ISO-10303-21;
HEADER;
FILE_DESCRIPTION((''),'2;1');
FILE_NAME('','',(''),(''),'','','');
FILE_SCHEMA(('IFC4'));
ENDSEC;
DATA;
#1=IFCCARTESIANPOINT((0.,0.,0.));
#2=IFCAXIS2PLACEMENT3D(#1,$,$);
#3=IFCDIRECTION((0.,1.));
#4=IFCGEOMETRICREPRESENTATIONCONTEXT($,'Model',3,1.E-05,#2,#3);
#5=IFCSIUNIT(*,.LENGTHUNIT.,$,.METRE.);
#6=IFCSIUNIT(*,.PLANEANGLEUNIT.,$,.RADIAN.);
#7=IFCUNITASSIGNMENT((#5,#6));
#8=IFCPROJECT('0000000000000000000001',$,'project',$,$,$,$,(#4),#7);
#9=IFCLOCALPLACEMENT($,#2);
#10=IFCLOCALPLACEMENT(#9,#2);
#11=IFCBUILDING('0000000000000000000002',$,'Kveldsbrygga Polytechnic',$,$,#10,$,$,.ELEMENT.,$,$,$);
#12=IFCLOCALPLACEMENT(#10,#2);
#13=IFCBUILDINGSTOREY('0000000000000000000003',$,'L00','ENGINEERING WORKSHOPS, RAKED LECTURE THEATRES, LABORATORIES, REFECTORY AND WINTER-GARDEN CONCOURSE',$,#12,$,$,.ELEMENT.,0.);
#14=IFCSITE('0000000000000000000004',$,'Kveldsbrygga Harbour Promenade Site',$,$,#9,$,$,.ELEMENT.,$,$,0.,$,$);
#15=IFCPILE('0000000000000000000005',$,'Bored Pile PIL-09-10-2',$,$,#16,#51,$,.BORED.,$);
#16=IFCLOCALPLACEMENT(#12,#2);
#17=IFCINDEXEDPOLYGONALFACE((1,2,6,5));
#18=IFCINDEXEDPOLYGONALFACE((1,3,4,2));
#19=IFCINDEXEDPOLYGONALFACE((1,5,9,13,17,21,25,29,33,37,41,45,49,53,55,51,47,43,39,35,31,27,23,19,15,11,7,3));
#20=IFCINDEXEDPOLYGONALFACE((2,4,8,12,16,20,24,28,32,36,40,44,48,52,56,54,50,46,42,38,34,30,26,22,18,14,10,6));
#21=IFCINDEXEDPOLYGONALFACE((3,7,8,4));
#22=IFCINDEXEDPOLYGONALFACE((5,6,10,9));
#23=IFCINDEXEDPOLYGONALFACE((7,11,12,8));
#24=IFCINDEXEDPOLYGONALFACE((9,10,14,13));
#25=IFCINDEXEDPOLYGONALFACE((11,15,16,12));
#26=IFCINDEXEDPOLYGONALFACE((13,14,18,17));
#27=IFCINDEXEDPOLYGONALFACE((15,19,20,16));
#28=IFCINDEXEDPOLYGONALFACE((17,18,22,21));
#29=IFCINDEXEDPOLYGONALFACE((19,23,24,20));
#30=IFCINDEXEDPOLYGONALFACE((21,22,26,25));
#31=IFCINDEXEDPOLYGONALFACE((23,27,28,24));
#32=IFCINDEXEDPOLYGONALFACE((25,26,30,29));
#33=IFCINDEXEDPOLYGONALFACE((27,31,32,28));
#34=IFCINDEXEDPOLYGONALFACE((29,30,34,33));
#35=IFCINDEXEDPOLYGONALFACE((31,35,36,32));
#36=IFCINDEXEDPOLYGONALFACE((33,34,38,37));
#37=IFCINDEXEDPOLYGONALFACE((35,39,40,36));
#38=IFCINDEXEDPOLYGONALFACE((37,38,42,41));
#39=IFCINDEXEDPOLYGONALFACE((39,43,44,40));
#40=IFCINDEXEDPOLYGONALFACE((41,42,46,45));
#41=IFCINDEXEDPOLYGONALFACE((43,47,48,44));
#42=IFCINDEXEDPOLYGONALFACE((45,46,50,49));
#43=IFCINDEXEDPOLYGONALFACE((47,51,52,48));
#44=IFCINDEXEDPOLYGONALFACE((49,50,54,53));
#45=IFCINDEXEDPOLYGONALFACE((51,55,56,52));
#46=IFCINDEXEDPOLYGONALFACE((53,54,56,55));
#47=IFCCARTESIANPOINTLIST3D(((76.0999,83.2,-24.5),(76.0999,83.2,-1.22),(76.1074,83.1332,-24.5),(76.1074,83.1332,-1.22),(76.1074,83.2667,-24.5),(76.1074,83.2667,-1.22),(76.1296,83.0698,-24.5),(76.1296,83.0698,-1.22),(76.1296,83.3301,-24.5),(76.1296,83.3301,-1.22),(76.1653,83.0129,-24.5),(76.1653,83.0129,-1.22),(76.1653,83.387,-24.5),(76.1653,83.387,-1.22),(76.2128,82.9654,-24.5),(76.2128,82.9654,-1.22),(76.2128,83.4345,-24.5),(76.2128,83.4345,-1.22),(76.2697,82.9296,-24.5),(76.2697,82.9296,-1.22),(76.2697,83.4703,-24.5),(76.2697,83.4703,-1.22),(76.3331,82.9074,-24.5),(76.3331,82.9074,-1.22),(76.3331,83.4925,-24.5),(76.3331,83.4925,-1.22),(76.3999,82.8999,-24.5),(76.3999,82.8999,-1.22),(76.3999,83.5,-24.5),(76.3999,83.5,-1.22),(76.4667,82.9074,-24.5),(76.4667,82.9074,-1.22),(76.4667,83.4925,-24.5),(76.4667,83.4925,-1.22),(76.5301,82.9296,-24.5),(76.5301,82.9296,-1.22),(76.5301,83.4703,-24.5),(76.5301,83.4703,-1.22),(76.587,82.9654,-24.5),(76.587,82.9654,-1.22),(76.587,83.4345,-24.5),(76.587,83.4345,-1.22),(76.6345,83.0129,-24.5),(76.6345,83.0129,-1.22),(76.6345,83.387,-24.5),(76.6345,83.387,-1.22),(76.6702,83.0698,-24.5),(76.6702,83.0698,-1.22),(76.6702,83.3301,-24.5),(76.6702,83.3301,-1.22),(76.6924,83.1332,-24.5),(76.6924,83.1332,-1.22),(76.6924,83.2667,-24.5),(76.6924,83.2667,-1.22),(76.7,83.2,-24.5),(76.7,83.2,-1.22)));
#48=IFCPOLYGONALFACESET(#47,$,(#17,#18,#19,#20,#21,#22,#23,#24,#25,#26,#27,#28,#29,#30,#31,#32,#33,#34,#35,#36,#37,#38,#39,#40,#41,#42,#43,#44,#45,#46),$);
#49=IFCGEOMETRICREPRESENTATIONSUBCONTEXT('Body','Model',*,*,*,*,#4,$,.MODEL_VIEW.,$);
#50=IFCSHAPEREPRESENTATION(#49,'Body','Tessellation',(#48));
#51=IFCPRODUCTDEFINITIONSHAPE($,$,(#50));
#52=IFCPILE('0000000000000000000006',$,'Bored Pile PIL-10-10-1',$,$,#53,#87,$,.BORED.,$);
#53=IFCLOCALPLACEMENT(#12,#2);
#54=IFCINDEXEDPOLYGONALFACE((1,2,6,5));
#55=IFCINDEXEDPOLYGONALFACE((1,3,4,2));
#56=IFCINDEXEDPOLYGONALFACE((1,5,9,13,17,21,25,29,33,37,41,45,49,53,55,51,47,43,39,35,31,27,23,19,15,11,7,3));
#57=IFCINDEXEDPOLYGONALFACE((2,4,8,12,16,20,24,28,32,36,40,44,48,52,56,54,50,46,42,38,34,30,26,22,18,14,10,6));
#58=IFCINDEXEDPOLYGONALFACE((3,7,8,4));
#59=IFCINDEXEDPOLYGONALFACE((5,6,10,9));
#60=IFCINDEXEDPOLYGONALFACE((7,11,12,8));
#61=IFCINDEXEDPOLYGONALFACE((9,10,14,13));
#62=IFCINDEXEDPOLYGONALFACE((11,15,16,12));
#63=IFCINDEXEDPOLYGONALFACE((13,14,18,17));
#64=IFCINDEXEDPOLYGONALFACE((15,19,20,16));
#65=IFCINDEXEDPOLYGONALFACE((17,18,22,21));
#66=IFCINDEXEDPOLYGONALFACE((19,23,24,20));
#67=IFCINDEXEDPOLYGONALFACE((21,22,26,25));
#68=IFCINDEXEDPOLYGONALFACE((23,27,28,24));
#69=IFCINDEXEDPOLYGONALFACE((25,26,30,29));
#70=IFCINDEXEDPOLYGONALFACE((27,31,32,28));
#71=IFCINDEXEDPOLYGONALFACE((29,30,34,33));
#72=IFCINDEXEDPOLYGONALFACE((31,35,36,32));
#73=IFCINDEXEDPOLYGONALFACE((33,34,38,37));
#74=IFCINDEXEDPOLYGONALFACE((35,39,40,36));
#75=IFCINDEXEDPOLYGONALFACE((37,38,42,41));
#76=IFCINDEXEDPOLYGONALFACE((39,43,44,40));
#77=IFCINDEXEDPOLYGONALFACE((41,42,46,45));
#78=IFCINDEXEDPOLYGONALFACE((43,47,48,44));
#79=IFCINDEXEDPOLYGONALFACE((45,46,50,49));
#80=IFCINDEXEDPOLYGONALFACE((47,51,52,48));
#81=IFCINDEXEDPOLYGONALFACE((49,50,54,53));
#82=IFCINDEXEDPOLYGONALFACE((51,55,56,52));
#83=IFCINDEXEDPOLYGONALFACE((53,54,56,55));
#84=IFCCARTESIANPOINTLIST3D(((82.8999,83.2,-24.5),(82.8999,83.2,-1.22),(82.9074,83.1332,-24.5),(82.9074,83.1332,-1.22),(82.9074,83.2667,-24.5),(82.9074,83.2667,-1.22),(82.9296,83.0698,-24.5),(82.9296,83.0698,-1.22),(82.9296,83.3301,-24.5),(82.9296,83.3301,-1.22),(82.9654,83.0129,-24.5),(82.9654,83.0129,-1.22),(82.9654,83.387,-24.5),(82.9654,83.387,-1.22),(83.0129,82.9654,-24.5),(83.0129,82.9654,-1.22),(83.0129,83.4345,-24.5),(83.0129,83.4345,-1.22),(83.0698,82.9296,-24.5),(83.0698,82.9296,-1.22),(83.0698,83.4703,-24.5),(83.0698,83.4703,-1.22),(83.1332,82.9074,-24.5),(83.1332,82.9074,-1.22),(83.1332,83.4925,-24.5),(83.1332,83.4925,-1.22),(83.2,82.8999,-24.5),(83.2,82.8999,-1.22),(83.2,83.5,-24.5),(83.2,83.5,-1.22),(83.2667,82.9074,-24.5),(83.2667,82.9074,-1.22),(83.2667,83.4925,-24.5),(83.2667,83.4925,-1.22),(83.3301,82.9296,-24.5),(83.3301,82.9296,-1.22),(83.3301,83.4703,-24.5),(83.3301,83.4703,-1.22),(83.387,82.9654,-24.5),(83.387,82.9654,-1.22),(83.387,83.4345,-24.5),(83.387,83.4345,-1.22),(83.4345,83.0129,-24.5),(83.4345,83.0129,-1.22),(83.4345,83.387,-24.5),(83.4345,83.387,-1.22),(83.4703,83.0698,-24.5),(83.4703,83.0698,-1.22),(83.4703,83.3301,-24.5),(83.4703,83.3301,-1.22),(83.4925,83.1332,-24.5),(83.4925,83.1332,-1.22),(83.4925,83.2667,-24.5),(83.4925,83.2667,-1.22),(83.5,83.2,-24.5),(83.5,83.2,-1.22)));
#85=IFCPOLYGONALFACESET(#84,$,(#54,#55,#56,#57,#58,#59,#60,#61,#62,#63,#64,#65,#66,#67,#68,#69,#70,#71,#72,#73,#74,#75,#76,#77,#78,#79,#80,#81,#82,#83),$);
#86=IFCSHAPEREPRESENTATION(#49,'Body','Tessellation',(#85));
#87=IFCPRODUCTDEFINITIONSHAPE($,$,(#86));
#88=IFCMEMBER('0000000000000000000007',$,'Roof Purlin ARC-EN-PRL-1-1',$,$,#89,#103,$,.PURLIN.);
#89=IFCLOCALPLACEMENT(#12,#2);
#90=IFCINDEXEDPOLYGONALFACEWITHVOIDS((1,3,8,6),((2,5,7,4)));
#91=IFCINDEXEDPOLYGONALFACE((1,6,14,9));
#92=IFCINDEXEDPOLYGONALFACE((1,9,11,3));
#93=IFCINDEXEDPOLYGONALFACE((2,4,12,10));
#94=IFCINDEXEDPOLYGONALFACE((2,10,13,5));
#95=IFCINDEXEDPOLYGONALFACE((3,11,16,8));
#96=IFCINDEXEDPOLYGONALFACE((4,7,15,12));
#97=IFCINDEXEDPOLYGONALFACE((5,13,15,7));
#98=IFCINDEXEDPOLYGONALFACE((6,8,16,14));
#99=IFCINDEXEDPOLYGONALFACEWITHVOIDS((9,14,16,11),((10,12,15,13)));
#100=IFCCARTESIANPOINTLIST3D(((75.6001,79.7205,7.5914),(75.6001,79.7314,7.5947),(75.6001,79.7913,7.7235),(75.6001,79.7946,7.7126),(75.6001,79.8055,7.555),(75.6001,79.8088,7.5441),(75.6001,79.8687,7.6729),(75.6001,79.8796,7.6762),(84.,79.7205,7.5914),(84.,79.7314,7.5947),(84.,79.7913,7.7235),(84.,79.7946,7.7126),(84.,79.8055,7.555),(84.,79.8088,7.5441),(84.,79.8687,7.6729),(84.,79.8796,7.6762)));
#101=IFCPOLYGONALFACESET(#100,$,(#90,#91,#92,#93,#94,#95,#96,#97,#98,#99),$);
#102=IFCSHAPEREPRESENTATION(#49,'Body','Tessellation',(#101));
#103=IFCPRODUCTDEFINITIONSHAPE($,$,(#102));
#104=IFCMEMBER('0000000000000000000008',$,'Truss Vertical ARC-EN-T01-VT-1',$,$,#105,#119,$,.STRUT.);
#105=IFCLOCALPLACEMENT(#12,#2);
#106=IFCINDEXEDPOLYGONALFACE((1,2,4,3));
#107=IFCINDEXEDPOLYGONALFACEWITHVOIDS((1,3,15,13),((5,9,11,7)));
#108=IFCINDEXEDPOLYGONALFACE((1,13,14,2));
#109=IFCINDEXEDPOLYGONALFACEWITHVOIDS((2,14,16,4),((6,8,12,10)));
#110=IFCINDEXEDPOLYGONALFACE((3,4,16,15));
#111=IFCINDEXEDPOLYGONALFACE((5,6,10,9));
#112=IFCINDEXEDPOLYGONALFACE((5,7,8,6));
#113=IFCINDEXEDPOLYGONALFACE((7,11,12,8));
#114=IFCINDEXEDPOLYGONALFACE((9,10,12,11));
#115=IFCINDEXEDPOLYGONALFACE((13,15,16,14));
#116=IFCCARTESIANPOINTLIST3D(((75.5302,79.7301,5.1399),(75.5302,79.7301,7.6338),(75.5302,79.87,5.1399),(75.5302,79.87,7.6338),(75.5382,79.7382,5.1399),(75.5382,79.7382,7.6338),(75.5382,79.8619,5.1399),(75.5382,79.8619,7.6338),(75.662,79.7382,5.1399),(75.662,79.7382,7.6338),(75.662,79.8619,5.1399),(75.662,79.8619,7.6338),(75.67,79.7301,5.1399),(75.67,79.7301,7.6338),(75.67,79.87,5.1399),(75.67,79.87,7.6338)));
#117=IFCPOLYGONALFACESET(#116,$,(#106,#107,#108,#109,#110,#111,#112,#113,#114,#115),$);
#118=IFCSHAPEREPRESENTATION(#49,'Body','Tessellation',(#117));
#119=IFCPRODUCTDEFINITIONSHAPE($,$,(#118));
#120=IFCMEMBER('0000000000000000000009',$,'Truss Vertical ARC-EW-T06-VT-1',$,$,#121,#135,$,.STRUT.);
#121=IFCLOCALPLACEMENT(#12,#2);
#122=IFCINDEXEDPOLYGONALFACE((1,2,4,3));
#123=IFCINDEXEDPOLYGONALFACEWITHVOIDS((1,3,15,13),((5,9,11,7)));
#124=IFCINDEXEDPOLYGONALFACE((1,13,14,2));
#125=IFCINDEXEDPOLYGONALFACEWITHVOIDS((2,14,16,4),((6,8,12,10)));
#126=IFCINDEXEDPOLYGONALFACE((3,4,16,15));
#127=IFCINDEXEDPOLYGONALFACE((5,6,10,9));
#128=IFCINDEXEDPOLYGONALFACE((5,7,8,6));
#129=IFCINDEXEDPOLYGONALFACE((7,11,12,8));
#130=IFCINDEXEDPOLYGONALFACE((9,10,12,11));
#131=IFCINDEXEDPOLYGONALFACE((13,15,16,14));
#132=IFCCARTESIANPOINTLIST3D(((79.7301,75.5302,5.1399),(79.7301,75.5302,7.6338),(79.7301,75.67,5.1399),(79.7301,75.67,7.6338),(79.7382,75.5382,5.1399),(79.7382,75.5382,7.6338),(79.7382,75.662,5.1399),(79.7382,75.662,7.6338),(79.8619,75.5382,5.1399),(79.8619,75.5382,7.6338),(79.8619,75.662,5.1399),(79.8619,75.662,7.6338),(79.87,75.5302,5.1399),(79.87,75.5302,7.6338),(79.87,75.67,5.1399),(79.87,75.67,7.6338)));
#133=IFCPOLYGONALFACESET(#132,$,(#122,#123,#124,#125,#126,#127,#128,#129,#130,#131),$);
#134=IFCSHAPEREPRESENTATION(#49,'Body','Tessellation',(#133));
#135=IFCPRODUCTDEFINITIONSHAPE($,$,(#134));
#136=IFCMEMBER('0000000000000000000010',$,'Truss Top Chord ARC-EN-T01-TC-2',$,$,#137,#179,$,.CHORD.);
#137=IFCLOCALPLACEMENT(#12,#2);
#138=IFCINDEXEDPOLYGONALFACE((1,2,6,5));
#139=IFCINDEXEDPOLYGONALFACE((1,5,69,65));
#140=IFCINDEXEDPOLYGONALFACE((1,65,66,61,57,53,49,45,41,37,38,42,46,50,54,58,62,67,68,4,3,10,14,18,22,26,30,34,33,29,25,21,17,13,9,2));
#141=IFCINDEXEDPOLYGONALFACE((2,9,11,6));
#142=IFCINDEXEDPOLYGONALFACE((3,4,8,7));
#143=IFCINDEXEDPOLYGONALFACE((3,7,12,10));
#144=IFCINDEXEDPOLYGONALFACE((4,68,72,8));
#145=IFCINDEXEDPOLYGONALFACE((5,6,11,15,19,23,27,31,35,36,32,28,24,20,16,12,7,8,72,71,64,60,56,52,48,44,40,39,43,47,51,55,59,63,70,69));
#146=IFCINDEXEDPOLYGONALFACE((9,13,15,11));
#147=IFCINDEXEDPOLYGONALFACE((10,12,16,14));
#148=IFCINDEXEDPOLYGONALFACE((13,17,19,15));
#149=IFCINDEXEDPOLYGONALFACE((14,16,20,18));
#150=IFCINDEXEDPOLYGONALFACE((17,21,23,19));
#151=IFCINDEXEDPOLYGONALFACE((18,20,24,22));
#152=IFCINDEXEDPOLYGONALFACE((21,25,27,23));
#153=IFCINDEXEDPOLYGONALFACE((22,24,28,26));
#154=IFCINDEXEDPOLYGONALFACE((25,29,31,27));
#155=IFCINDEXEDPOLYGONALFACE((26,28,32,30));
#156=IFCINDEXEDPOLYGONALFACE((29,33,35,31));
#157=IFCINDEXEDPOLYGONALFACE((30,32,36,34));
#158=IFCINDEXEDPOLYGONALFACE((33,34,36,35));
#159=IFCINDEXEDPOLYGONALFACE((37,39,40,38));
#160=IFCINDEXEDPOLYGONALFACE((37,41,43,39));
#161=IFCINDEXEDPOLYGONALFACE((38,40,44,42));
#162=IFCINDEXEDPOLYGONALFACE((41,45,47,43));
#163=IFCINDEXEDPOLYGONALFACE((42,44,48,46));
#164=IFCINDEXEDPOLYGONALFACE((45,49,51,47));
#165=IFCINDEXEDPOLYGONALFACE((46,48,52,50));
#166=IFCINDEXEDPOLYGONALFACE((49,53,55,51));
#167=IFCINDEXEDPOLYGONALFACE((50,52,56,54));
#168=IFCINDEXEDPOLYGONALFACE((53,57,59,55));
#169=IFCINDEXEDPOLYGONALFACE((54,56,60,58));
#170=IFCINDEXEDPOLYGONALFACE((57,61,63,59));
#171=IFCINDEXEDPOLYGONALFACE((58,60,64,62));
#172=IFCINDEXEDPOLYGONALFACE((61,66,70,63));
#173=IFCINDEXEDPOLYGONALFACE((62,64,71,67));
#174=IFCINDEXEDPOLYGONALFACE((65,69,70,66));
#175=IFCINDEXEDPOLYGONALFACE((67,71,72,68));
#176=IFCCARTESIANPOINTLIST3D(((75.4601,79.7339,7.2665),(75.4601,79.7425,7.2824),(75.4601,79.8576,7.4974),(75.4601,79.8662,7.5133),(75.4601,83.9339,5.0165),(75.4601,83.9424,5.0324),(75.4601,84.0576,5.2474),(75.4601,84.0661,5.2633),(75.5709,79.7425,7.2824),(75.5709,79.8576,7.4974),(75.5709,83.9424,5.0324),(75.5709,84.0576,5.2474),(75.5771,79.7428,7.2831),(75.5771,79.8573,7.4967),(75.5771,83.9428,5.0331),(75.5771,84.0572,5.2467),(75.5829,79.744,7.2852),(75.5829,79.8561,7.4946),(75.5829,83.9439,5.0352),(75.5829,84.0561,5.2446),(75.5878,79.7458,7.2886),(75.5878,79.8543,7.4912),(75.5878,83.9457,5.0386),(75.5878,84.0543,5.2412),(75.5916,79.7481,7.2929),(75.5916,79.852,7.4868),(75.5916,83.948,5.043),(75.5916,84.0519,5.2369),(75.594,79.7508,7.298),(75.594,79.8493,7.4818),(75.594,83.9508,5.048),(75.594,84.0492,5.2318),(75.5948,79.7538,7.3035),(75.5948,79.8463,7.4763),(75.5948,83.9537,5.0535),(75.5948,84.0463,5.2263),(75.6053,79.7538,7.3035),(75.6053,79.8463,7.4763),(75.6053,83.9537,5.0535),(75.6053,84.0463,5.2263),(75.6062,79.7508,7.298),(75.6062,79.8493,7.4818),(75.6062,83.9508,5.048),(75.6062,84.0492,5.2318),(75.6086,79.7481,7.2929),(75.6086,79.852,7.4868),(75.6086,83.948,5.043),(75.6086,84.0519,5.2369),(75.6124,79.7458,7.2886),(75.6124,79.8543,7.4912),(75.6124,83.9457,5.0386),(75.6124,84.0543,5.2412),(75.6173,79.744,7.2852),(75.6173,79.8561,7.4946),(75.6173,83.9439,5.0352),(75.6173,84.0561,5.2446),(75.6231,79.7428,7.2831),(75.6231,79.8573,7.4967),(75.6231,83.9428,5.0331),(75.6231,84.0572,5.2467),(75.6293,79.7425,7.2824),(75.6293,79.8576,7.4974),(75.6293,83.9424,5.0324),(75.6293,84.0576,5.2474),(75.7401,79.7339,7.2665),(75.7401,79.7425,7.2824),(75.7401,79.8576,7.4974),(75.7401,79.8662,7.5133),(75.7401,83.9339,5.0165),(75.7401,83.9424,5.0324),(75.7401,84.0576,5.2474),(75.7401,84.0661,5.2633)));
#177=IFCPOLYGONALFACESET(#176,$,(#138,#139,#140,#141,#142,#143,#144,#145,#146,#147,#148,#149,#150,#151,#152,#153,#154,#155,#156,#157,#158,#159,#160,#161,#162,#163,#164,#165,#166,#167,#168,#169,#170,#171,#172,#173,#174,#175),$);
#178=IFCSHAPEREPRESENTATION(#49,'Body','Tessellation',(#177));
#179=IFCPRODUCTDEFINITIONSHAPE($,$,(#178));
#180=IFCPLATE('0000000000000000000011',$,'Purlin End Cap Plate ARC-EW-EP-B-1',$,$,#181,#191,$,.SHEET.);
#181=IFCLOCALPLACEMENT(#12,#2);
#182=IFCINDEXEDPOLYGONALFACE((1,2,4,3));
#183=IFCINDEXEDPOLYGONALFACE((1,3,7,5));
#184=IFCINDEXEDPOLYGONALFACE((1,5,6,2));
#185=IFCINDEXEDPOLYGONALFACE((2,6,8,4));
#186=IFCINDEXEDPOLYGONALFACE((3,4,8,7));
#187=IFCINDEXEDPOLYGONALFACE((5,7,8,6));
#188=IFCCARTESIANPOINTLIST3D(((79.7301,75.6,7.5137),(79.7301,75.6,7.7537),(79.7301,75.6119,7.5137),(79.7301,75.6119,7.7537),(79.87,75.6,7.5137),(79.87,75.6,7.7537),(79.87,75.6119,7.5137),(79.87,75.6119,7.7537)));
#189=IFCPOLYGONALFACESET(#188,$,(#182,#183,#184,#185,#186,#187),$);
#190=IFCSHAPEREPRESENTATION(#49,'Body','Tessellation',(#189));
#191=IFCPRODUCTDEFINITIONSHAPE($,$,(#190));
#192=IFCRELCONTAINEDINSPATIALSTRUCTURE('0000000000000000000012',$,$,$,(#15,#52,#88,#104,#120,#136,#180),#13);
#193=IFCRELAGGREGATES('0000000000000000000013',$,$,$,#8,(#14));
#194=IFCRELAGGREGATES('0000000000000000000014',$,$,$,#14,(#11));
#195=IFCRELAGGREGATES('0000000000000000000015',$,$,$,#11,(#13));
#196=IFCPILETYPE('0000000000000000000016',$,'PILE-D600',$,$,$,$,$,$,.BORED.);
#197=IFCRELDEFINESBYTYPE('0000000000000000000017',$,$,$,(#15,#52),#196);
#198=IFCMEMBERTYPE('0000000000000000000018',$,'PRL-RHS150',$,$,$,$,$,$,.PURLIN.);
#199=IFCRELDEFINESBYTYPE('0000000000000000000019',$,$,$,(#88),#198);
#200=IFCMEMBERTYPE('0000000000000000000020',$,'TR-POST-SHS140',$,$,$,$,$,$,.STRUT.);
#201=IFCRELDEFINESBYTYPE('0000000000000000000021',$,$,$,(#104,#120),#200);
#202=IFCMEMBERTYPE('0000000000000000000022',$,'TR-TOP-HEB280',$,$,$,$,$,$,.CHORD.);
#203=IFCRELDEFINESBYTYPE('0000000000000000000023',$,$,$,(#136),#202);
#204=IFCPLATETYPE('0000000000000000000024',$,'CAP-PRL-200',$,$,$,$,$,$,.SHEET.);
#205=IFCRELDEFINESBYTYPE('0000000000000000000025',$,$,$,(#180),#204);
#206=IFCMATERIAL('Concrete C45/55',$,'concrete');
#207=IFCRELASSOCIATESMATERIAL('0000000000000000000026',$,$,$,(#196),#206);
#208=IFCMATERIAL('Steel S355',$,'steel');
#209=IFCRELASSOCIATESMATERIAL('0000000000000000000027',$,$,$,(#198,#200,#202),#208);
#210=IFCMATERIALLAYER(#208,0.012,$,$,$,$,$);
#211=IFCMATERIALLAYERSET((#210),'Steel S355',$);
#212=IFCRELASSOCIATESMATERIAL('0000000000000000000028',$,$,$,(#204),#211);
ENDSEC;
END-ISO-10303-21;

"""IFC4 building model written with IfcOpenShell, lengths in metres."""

from ifc_helpers import new_model, si_unit, direction, frame, origin, origin_2d, place, context, subcontext, project, spatial, rectangle, hollow_rectangle, circle, i_section, extrude, material, layer, layer_set, material_profile, profile_set, type_object, element, save


model = new_model("IFC4")

# Units and contexts
model_context = context("Model", 3, precision=1e-05, world=origin(), true_north=direction((0.0, 1.0)))
body_context = subcontext(model_context, "Body", "Model", "MODEL_VIEW")
ifc_project = project(units=[si_unit("LENGTHUNIT", "METRE"), si_unit("PLANEANGLEUNIT", "RADIAN")], contexts=[model_context])

# Site, building, storey
site_placement = place(None, origin())
site = spatial("IfcSite", under=ifc_project, at=site_placement, Name="Kveldsbrygga Harbour Promenade Site", CompositionType="ELEMENT", RefElevation=0.0)
building_placement = place(site_placement, origin())
building = spatial("IfcBuilding", under=site, at=building_placement, Name="Kveldsbrygga Polytechnic", CompositionType="ELEMENT")
storey_placement = place(building_placement, origin())
storey = spatial("IfcBuildingStorey", under=building, at=storey_placement, Name="L00", Description="ENGINEERING WORKSHOPS, RAKED LECTURE THEATRES, LABORATORIES, REFECTORY AND WINTER-GARDEN CONCOURSE", CompositionType="ELEMENT", Elevation=0.0)

# Piles
ifc_material_1 = material(Name="Concrete C45/55", Category="concrete")
ifc_material_profile_1 = material_profile(ifc_material_1, circle(Radius=0.3, at=origin_2d()), Name="PILE D600")
ifc_profile_set_1 = profile_set([ifc_material_profile_1], Name="Concrete C45/55")
pile_type = type_object("IfcPileType", Name="PILE-D600", PredefinedType="BORED", material=ifc_profile_set_1)
for number, where, z_axis, x_axis, name in (
    (1, (76.3999, 83.2, -1.22), (0.0, 0.0, -1.0), (1.0, 0.0, 0.0), "Bored Pile PIL-09-10-2"),
    (2, (83.2, 83.2, -1.22), (0.0, 0.0, -1.0), (1.0, 0.0, 0.0), "Bored Pile PIL-10-10-1"),
):
    element("IfcPile", number, at=place(storey_placement, frame(where, z_axis=z_axis, x_axis=x_axis)), inside=storey, type_object=pile_type, Name=name, PredefinedType="BORED", context=body_context, shape_type="SweptSolid", body=[
        extrude(circle(Radius=0.3, at=origin_2d()), origin(), (0.0, 0.0, 1.0), 23.28),
    ])

# Members
ifc_material_2 = material(Name="Steel S355", Category="steel")
ifc_material_profile_2 = material_profile(ifc_material_2, hollow_rectangle(XDim=0.1001, YDim=0.1499, WallThickness=0.0081, at=origin_2d()), Name="RHS 150x100x8.0")
ifc_profile_set_2 = profile_set([ifc_material_profile_2], Name="Steel S355")
member_type_1 = type_object("IfcMemberType", Name="PRL-RHS150", PredefinedType="PURLIN", material=ifc_profile_set_2)
member_1_placement = place(storey_placement, frame((75.6001, 79.8, 7.6338), z_axis=(1.0, 0.0, 0.0), x_axis=(0.0, 0.88148, -0.472222)))
element("IfcMember", 3, at=member_1_placement, inside=storey, type_object=member_type_1, Name="Roof Purlin ARC-EN-PRL-1-1", PredefinedType="PURLIN", context=body_context, shape_type="SweptSolid", body=[
    extrude(hollow_rectangle(XDim=0.1001, YDim=0.1499, WallThickness=0.0081, at=origin_2d()), origin(), (0.0, 0.0, 1.0), 8.3999),
])
ifc_material_profile_3 = material_profile(ifc_material_2, hollow_rectangle(XDim=0.1399, YDim=0.1399, WallThickness=0.0081, at=origin_2d()), Name="SHS 140x140x8.0")
ifc_profile_set_3 = profile_set([ifc_material_profile_3], Name="Steel S355")
member_type_2 = type_object("IfcMemberType", Name="TR-POST-SHS140", PredefinedType="STRUT", material=ifc_profile_set_3)
for number, where, z_axis, x_axis, name in (
    (4, (75.6001, 79.8, 5.1399), (0.0, 0.0, 1.0), (1.0, 0.0, 0.0), "Truss Vertical ARC-EN-T01-VT-1"),
    (5, (79.8, 75.6001, 5.1399), (0.0, 0.0, 1.0), (1.0, 0.0, 0.0), "Truss Vertical ARC-EW-T06-VT-1"),
):
    element("IfcMember", number, at=place(storey_placement, frame(where, z_axis=z_axis, x_axis=x_axis)), inside=storey, type_object=member_type_2, Name=name, PredefinedType="STRUT", context=body_context, shape_type="SweptSolid", body=[
        extrude(hollow_rectangle(XDim=0.1399, YDim=0.1399, WallThickness=0.0081, at=origin_2d()), origin(), (0.0, 0.0, 1.0), 2.4939),
    ])
ifc_material_profile_4 = material_profile(ifc_material_2, i_section(OverallWidth=0.28, OverallDepth=0.28, WebThickness=0.0105, FlangeThickness=0.0181, FilletRadius=0.0239, at=origin_2d()), Name="HEB 280")
ifc_profile_set_4 = profile_set([ifc_material_profile_4], Name="Steel S355")
member_type_3 = type_object("IfcMemberType", Name="TR-TOP-HEB280", PredefinedType="CHORD", material=ifc_profile_set_4)
member_2_placement = place(storey_placement, frame((75.6001, 79.8, 7.3899), z_axis=(0.0, 0.881478, -0.472226), x_axis=(-1.0, 0.0, 0.0)))
element("IfcMember", 6, at=member_2_placement, inside=storey, type_object=member_type_3, Name="Truss Top Chord ARC-EN-T01-TC-2", PredefinedType="CHORD", context=body_context, shape_type="SweptSolid", body=[
    extrude(i_section(OverallWidth=0.28, OverallDepth=0.28, WebThickness=0.0105, FlangeThickness=0.0181, FilletRadius=0.0239, at=origin_2d()), origin(), (0.0, 0.0, 1.0), 4.7646),
])

# Plate
ifc_layer_1 = layer(ifc_material_2, 0.012)
ifc_layer_set_1 = layer_set([ifc_layer_1], Name="Steel S355")
plate_type_1 = type_object("IfcPlateType", Name="CAP-PRL-200", PredefinedType="SHEET", material=ifc_layer_set_1)
plate_1_placement = place(storey_placement, frame((79.8, 75.606, 7.5137), z_axis=(0.0, 0.0, 1.0), x_axis=(1.0, 0.0, 0.0)))
element("IfcPlate", 7, at=plate_1_placement, inside=storey, type_object=plate_type_1, Name="Purlin End Cap Plate ARC-EW-EP-B-1", PredefinedType="SHEET", context=body_context, shape_type="SweptSolid", body=[
    extrude(rectangle(XDim=0.1399, YDim=0.012, at=origin_2d()), origin(), (0.0, 0.0, 1.0), 0.24),
])

save(model, "model.ifc")
